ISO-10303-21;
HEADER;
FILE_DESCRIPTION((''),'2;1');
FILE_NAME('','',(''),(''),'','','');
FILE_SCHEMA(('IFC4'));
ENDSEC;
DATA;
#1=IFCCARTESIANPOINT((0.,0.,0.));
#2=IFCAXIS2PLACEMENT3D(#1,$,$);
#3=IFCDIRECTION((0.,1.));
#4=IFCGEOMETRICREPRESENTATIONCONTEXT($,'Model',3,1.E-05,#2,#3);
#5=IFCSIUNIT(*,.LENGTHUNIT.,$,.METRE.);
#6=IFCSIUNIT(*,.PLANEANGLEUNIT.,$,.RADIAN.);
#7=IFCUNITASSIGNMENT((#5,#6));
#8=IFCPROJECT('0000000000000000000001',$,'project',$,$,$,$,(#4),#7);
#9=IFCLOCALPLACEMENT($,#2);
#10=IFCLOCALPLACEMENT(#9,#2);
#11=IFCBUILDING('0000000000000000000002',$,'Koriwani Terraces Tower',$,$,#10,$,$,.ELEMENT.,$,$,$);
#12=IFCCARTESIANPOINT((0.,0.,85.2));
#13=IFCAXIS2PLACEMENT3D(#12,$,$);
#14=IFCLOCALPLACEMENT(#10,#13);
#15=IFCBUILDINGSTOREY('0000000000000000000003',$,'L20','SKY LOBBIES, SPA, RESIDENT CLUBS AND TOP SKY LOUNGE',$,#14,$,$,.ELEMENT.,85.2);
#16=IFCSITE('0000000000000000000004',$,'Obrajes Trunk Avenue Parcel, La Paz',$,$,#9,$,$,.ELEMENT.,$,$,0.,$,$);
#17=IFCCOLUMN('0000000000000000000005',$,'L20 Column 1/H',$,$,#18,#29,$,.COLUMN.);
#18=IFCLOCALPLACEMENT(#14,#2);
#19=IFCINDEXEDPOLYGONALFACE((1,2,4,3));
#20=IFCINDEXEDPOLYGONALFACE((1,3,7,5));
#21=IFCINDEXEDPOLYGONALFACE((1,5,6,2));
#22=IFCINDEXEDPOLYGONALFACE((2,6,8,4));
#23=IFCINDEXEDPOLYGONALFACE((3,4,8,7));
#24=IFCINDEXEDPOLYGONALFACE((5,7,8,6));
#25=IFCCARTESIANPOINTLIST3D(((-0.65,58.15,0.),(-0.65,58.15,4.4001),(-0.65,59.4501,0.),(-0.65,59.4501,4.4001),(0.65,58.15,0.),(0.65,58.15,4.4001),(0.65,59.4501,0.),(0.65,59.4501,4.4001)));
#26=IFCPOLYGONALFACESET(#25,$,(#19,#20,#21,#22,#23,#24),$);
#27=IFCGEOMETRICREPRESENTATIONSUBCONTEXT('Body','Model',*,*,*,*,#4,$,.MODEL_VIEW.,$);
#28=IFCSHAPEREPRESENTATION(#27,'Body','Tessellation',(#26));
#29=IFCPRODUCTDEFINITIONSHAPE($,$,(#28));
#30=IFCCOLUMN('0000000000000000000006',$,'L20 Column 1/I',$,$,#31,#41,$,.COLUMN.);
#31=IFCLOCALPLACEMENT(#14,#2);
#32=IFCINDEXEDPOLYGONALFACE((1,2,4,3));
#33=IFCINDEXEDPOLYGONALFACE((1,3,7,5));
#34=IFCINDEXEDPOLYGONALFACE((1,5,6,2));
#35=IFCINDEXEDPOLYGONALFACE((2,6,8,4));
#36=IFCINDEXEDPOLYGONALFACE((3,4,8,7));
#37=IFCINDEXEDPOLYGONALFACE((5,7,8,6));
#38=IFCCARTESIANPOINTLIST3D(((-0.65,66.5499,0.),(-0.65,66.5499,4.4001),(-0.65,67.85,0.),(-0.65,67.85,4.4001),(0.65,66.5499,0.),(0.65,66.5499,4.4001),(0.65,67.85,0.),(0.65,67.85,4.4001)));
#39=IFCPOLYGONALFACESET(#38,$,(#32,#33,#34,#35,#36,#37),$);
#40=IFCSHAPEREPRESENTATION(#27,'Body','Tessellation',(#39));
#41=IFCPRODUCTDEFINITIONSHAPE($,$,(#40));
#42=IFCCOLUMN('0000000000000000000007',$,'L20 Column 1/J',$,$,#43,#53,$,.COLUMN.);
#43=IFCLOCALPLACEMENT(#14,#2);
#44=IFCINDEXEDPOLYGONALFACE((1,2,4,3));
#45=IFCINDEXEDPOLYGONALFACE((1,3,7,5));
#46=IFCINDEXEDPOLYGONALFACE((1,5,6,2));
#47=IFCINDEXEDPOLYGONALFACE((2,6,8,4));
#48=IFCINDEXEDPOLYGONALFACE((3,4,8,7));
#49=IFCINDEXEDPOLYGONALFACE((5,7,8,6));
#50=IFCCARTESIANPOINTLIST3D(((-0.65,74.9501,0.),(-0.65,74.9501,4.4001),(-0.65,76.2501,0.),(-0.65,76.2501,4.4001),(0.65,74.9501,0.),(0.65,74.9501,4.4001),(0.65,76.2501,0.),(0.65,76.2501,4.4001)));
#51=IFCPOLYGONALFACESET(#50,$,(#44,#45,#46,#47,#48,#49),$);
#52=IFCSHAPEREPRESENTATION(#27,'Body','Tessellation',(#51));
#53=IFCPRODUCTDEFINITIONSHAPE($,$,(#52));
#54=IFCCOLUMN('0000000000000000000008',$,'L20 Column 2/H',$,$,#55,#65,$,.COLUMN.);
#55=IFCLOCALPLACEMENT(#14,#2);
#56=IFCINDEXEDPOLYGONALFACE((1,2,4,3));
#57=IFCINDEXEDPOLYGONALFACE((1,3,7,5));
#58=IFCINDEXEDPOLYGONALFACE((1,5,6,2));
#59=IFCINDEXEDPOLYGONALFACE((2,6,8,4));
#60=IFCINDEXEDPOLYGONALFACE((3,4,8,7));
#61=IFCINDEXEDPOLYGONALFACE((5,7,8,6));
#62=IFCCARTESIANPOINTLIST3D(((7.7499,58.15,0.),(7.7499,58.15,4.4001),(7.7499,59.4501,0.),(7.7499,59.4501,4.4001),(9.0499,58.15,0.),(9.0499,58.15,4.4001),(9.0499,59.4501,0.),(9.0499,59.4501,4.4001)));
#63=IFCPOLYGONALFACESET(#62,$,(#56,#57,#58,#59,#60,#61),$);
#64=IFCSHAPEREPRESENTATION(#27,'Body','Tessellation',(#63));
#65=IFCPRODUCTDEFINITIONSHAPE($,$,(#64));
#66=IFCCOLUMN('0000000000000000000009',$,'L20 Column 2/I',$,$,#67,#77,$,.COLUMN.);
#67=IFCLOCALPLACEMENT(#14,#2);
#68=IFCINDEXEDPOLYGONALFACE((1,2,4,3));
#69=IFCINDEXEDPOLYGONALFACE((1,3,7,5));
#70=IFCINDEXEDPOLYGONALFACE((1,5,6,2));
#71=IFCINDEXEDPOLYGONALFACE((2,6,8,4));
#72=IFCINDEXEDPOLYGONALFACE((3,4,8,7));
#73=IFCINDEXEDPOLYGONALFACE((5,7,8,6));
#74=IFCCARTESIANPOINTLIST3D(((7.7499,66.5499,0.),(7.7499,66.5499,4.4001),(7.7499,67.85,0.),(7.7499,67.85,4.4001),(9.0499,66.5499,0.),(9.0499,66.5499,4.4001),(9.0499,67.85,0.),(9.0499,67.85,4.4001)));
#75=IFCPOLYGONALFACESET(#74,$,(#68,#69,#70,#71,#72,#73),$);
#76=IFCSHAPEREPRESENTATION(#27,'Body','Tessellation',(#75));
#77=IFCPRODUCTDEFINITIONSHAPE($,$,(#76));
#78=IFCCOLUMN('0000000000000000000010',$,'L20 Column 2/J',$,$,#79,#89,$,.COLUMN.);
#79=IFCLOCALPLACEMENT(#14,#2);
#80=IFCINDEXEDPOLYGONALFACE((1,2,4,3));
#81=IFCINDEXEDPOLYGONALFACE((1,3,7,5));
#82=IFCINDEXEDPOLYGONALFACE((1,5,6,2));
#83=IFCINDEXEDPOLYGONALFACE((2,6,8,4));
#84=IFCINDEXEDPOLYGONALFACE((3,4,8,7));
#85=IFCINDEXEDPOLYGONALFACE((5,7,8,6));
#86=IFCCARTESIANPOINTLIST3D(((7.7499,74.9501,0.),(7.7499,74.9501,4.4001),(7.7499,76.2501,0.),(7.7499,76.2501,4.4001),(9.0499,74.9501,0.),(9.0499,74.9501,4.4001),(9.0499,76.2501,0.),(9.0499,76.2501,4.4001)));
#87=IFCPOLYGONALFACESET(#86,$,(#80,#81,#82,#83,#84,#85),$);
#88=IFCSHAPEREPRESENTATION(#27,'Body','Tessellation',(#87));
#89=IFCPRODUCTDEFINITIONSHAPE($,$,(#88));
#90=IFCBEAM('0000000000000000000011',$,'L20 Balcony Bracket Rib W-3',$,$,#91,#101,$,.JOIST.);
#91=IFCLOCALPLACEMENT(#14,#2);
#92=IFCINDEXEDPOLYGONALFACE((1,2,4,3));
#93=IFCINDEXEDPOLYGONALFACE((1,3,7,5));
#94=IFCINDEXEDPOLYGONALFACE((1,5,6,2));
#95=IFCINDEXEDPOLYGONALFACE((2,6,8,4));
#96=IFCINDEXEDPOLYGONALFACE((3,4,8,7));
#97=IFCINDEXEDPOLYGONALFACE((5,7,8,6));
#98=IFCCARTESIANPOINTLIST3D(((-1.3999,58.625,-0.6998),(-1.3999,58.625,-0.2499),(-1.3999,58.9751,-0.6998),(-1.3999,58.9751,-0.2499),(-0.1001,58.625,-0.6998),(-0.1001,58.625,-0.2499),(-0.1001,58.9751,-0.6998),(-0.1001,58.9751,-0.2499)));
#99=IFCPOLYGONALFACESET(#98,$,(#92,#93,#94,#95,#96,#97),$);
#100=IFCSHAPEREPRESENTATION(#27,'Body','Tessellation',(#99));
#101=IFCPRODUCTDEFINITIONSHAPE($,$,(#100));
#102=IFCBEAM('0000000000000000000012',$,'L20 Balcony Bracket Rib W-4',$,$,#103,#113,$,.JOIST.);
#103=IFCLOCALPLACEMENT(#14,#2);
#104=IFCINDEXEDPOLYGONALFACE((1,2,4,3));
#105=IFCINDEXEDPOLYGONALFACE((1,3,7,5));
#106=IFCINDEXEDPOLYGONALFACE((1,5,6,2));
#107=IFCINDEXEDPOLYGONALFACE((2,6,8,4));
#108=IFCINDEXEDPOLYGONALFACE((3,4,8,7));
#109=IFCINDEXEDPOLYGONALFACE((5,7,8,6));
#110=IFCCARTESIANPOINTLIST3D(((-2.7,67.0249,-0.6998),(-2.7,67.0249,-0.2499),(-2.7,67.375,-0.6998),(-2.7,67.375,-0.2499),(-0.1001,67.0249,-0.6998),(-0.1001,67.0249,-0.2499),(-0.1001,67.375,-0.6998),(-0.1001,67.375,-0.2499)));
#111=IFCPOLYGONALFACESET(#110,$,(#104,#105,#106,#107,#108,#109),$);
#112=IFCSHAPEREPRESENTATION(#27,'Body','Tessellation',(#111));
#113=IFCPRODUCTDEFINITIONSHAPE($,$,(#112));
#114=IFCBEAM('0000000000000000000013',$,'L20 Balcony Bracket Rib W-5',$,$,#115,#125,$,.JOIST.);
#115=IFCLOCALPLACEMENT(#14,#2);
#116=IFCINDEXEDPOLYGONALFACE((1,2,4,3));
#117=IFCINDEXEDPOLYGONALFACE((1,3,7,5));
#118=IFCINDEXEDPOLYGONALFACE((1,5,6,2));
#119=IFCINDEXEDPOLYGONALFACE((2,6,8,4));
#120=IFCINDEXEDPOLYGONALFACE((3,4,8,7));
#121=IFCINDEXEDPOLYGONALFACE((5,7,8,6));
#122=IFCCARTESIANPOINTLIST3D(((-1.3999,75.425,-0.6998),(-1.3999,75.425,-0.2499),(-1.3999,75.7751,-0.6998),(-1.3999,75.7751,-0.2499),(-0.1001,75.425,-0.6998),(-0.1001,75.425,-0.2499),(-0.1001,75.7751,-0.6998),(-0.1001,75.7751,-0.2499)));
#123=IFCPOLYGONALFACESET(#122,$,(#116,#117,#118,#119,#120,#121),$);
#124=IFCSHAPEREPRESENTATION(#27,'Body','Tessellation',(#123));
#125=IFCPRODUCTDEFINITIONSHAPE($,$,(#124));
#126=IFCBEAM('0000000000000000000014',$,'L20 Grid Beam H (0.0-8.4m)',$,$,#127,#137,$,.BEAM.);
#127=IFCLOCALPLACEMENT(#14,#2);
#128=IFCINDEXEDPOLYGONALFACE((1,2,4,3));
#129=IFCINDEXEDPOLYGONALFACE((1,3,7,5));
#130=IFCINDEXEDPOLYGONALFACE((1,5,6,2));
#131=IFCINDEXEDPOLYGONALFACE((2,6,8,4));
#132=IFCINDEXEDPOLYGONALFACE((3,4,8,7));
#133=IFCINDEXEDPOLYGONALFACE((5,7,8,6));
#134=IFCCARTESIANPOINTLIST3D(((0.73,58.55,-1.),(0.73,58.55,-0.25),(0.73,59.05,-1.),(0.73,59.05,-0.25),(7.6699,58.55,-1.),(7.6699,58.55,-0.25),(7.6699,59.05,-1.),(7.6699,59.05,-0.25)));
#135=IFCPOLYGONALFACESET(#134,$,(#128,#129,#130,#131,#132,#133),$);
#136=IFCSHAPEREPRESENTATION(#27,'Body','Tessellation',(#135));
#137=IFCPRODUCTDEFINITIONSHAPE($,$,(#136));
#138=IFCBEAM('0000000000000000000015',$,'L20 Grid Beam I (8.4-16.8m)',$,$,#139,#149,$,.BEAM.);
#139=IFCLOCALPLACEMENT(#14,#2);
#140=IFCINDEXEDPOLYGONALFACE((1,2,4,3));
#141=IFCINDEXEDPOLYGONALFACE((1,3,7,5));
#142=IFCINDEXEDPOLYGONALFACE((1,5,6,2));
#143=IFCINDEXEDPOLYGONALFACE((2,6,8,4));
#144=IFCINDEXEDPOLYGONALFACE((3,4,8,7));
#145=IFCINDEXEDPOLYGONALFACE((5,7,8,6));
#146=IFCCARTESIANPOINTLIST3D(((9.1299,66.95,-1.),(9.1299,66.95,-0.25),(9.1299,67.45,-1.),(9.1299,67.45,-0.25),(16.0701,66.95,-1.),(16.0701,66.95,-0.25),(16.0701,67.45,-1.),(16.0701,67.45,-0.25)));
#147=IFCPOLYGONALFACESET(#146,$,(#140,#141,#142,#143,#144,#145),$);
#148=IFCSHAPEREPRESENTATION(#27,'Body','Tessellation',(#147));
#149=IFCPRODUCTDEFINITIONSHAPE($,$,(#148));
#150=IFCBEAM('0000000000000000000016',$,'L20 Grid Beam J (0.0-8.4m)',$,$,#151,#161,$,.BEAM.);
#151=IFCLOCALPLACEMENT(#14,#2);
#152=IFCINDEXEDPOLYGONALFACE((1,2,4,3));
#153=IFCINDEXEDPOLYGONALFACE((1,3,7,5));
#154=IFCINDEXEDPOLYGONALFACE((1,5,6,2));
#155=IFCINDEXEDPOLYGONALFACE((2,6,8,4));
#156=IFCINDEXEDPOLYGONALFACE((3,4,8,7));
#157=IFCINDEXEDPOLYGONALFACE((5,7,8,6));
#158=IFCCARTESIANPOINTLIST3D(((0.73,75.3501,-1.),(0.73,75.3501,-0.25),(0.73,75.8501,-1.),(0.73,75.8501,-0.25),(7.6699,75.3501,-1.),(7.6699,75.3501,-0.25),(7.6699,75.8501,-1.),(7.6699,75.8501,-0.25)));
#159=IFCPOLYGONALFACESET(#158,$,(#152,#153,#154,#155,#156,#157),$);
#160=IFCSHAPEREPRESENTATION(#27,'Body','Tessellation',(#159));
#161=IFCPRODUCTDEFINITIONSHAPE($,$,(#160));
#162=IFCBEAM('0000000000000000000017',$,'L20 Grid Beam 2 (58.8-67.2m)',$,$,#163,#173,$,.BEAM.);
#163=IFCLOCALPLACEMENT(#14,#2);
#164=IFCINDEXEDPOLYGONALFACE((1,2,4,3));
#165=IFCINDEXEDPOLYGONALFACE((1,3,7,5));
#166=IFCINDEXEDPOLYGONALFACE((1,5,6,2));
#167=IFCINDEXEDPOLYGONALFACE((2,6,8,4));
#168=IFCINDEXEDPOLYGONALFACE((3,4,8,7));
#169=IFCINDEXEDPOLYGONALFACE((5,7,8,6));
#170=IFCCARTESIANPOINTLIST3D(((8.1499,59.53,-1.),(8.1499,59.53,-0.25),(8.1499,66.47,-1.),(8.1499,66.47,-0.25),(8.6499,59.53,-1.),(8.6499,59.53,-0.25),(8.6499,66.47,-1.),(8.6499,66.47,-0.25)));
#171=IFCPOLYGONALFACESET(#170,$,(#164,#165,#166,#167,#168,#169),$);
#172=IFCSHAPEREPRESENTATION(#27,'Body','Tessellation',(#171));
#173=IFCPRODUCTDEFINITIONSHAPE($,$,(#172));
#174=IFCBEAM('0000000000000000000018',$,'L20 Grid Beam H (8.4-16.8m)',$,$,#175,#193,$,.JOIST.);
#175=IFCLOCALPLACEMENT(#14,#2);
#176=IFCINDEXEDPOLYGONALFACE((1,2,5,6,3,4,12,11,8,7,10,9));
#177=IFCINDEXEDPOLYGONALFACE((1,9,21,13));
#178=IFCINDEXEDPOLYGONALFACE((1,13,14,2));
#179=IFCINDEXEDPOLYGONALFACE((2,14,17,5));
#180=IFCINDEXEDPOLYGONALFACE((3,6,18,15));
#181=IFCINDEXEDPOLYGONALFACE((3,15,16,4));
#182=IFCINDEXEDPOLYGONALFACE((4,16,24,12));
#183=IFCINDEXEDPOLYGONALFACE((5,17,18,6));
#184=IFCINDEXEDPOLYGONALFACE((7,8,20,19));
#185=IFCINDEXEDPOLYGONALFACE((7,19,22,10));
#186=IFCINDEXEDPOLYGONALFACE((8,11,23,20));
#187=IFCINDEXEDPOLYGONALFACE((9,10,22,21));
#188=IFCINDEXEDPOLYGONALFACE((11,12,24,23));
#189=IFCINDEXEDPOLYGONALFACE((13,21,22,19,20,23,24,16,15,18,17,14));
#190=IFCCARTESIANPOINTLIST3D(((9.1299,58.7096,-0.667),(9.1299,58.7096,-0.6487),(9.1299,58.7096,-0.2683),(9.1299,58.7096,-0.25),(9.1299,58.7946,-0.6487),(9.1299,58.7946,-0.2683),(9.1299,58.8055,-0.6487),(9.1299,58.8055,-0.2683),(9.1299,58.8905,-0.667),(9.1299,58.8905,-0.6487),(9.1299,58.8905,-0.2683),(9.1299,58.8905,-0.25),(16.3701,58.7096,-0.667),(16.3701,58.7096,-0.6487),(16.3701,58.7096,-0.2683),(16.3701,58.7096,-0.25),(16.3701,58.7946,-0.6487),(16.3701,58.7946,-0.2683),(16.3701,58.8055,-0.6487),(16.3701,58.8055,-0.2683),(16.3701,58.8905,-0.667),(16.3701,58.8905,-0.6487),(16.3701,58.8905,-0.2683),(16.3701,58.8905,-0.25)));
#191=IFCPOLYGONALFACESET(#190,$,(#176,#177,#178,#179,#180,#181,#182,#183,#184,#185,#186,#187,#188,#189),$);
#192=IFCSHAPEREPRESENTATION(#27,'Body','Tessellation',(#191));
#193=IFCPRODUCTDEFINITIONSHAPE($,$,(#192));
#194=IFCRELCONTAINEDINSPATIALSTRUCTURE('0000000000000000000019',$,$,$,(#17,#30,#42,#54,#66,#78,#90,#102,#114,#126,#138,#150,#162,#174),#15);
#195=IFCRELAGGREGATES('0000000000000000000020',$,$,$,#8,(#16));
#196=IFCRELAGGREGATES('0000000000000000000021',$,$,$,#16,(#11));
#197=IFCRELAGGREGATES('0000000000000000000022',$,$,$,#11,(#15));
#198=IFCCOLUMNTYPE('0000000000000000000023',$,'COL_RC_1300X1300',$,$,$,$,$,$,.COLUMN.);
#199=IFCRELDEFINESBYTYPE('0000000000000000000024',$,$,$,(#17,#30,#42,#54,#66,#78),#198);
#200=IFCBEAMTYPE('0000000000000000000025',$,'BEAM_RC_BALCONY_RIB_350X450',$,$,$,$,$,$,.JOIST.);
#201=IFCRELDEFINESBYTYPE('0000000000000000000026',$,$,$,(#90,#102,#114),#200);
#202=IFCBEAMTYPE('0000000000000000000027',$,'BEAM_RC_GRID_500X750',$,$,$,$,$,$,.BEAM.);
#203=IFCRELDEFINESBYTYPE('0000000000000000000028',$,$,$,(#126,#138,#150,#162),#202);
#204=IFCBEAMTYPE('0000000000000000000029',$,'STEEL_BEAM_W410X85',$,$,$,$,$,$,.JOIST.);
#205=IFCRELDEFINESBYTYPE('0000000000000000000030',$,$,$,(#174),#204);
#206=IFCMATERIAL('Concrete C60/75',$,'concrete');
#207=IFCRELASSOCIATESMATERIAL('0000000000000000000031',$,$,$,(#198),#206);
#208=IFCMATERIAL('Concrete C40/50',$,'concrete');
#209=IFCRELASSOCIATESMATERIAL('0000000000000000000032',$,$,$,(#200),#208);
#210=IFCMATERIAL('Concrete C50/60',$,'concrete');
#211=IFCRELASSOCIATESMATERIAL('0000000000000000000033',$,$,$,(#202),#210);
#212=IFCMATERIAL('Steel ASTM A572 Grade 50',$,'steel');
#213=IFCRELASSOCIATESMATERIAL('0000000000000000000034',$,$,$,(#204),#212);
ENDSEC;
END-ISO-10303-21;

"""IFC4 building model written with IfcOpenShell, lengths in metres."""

from ifc_helpers import new_model, si_unit, direction, frame, origin, origin_2d, place, context, subcontext, project, spatial, rectangle, i_section, extrude, material, material_profile, profile_set, type_object, element, save


model = new_model("IFC4")

# Units and contexts
model_context = context("Model", 3, precision=1e-05, world=origin(), true_north=direction((0.0, 1.0)))
body_context = subcontext(model_context, "Body", "Model", "MODEL_VIEW")
ifc_project = project(units=[si_unit("LENGTHUNIT", "METRE"), si_unit("PLANEANGLEUNIT", "RADIAN")], contexts=[model_context])

# Site, building, storey
site_placement = place(None, origin())
site = spatial("IfcSite", under=ifc_project, at=site_placement, Name="Obrajes Trunk Avenue Parcel, La Paz", CompositionType="ELEMENT", RefElevation=0.0)
building_placement = place(site_placement, origin())
building = spatial("IfcBuilding", under=site, at=building_placement, Name="Koriwani Terraces Tower", CompositionType="ELEMENT")
storey_placement = place(building_placement, frame((0.0, 0.0, 85.2)))
storey = spatial("IfcBuildingStorey", under=building, at=storey_placement, Name="L20", Description="SKY LOBBIES, SPA, RESIDENT CLUBS AND TOP SKY LOUNGE", CompositionType="ELEMENT", Elevation=85.2)

# Columns
ifc_material_1 = material(Name="Concrete C60/75", Category="concrete")
ifc_material_profile_1 = material_profile(ifc_material_1, rectangle(XDim=1.3, YDim=1.3, at=origin_2d()), Name="Concrete C60/75", Category="LoadBearing")
ifc_profile_set_1 = profile_set([ifc_material_profile_1], Name="Concrete C60/75")
column_type = type_object("IfcColumnType", Name="COL_RC_1300X1300", PredefinedType="COLUMN", material=ifc_profile_set_1)
for number, where, z_axis, x_axis, name in (
    (1, (0.0, 58.8, 0.0), (0.0, 0.0, 1.0), (1.0, 0.0, 0.0), "L20 Column 1/H"),
    (2, (0.0, 67.2, 0.0), (0.0, 0.0, 1.0), (1.0, 0.0, 0.0), "L20 Column 1/I"),
    (3, (0.0, 75.6001, 0.0), (0.0, 0.0, 1.0), (1.0, 0.0, 0.0), "L20 Column 1/J"),
    (4, (8.3999, 58.8, 0.0), (0.0, 0.0, 1.0), (1.0, 0.0, 0.0), "L20 Column 2/H"),
    (5, (8.3999, 67.2, 0.0), (0.0, 0.0, 1.0), (1.0, 0.0, 0.0), "L20 Column 2/I"),
    (6, (8.3999, 75.6001, 0.0), (0.0, 0.0, 1.0), (1.0, 0.0, 0.0), "L20 Column 2/J"),
):
    element("IfcColumn", number, at=place(storey_placement, frame(where, z_axis=z_axis, x_axis=x_axis)), inside=storey, type_object=column_type, Name=name, PredefinedType="COLUMN", context=body_context, shape_type="SweptSolid", body=[
        extrude(rectangle(XDim=1.3, YDim=1.3, at=origin_2d()), origin(), (0.0, 0.0, 1.0), 4.4001),
    ])

# Beams
ifc_material_2 = material(Name="Concrete C40/50", Category="concrete")
ifc_material_profile_2 = material_profile(ifc_material_2, rectangle(XDim=0.3501, YDim=0.45, at=origin_2d()), Name="Concrete C40/50", Category="LoadBearing")
ifc_profile_set_2 = profile_set([ifc_material_profile_2], Name="Concrete C40/50")
beam_type_1 = type_object("IfcBeamType", Name="BEAM_RC_BALCONY_RIB_350X450", PredefinedType="JOIST", material=ifc_profile_set_2)
beam_1_placement = place(storey_placement, frame((-1.3999, 58.8, -0.4749), z_axis=(1.0, 0.0, 0.0), x_axis=(0.0, 1.0, 0.0)))
element("IfcBeam", 7, at=beam_1_placement, inside=storey, type_object=beam_type_1, Name="L20 Balcony Bracket Rib W-3", PredefinedType="JOIST", context=body_context, shape_type="SweptSolid", body=[
    extrude(rectangle(XDim=0.3501, YDim=0.45, at=origin_2d()), origin(), (0.0, 0.0, 1.0), 1.2998),
])
beam_2_placement = place(storey_placement, frame((-2.7, 67.2, -0.4749), z_axis=(1.0, 0.0, 0.0), x_axis=(0.0, 1.0, 0.0)))
element("IfcBeam", 8, at=beam_2_placement, inside=storey, type_object=beam_type_1, Name="L20 Balcony Bracket Rib W-4", PredefinedType="JOIST", context=body_context, shape_type="SweptSolid", body=[
    extrude(rectangle(XDim=0.3501, YDim=0.45, at=origin_2d()), origin(), (0.0, 0.0, 1.0), 2.5999),
])
beam_3_placement = place(storey_placement, frame((-1.3999, 75.6001, -0.4749), z_axis=(1.0, 0.0, 0.0), x_axis=(0.0, 1.0, 0.0)))
element("IfcBeam", 9, at=beam_3_placement, inside=storey, type_object=beam_type_1, Name="L20 Balcony Bracket Rib W-5", PredefinedType="JOIST", context=body_context, shape_type="SweptSolid", body=[
    extrude(rectangle(XDim=0.3501, YDim=0.45, at=origin_2d()), origin(), (0.0, 0.0, 1.0), 1.2998),
])
ifc_material_3 = material(Name="Concrete C50/60", Category="concrete")
ifc_material_profile_3 = material_profile(ifc_material_3, rectangle(XDim=0.5, YDim=0.75, at=origin_2d()), Name="Concrete C50/60", Category="LoadBearing")
ifc_profile_set_3 = profile_set([ifc_material_profile_3], Name="Concrete C50/60")
beam_type_2 = type_object("IfcBeamType", Name="BEAM_RC_GRID_500X750", PredefinedType="BEAM", material=ifc_profile_set_3)
beam_4_placement = place(storey_placement, frame((0.73, 58.8, -0.625), z_axis=(1.0, 0.0, 0.0), x_axis=(0.0, 1.0, 0.0)))
element("IfcBeam", 10, at=beam_4_placement, inside=storey, type_object=beam_type_2, Name="L20 Grid Beam H (0.0-8.4m)", PredefinedType="BEAM", context=body_context, shape_type="SweptSolid", body=[
    extrude(rectangle(XDim=0.5, YDim=0.75, at=origin_2d()), origin(), (0.0, 0.0, 1.0), 6.9399),
])
beam_5_placement = place(storey_placement, frame((9.1299, 67.2, -0.625), z_axis=(1.0, 0.0, 0.0), x_axis=(0.0, 1.0, 0.0)))
element("IfcBeam", 11, at=beam_5_placement, inside=storey, type_object=beam_type_2, Name="L20 Grid Beam I (8.4-16.8m)", PredefinedType="BEAM", context=body_context, shape_type="SweptSolid", body=[
    extrude(rectangle(XDim=0.5, YDim=0.75, at=origin_2d()), origin(), (0.0, 0.0, 1.0), 6.9402),
])
for number, where, z_axis, x_axis, name in (
    (12, (0.73, 75.6001, -0.625), (1.0, 0.0, 0.0), (0.0, 1.0, 0.0), "L20 Grid Beam J (0.0-8.4m)"),
    (13, (8.3999, 59.53, -0.625), (0.0, 1.0, 0.0), (-1.0, 0.0, 0.0), "L20 Grid Beam 2 (58.8-67.2m)"),
):
    element("IfcBeam", number, at=place(storey_placement, frame(where, z_axis=z_axis, x_axis=x_axis)), inside=storey, type_object=beam_type_2, Name=name, PredefinedType="BEAM", context=body_context, shape_type="SweptSolid", body=[
        extrude(rectangle(XDim=0.5, YDim=0.75, at=origin_2d()), origin(), (0.0, 0.0, 1.0), 6.9399),
    ])
ifc_material_4 = material(Name="Steel ASTM A572 Grade 50", Category="steel")
ifc_material_profile_4 = material_profile(ifc_material_4, i_section(OverallWidth=0.1809, OverallDepth=0.417, WebThickness=0.011, FlangeThickness=0.0183, at=origin_2d()), Name="Steel ASTM A572 Grade 50", Category="LoadBearing")
ifc_profile_set_4 = profile_set([ifc_material_profile_4], Name="Steel ASTM A572 Grade 50")
beam_type_3 = type_object("IfcBeamType", Name="STEEL_BEAM_W410X85", PredefinedType="JOIST", material=ifc_profile_set_4)
beam_6_placement = place(storey_placement, frame((9.1299, 58.8, -0.4585), z_axis=(1.0, 0.0, 0.0), x_axis=(0.0, 1.0, 0.0)))
element("IfcBeam", 14, at=beam_6_placement, inside=storey, type_object=beam_type_3, Name="L20 Grid Beam H (8.4-16.8m)", PredefinedType="JOIST", context=body_context, shape_type="SweptSolid", body=[
    extrude(i_section(OverallWidth=0.1809, OverallDepth=0.417, WebThickness=0.011, FlangeThickness=0.0183, at=origin_2d()), origin(), (0.0, 0.0, 1.0), 7.2402),
])

save(model, "model.ifc")
